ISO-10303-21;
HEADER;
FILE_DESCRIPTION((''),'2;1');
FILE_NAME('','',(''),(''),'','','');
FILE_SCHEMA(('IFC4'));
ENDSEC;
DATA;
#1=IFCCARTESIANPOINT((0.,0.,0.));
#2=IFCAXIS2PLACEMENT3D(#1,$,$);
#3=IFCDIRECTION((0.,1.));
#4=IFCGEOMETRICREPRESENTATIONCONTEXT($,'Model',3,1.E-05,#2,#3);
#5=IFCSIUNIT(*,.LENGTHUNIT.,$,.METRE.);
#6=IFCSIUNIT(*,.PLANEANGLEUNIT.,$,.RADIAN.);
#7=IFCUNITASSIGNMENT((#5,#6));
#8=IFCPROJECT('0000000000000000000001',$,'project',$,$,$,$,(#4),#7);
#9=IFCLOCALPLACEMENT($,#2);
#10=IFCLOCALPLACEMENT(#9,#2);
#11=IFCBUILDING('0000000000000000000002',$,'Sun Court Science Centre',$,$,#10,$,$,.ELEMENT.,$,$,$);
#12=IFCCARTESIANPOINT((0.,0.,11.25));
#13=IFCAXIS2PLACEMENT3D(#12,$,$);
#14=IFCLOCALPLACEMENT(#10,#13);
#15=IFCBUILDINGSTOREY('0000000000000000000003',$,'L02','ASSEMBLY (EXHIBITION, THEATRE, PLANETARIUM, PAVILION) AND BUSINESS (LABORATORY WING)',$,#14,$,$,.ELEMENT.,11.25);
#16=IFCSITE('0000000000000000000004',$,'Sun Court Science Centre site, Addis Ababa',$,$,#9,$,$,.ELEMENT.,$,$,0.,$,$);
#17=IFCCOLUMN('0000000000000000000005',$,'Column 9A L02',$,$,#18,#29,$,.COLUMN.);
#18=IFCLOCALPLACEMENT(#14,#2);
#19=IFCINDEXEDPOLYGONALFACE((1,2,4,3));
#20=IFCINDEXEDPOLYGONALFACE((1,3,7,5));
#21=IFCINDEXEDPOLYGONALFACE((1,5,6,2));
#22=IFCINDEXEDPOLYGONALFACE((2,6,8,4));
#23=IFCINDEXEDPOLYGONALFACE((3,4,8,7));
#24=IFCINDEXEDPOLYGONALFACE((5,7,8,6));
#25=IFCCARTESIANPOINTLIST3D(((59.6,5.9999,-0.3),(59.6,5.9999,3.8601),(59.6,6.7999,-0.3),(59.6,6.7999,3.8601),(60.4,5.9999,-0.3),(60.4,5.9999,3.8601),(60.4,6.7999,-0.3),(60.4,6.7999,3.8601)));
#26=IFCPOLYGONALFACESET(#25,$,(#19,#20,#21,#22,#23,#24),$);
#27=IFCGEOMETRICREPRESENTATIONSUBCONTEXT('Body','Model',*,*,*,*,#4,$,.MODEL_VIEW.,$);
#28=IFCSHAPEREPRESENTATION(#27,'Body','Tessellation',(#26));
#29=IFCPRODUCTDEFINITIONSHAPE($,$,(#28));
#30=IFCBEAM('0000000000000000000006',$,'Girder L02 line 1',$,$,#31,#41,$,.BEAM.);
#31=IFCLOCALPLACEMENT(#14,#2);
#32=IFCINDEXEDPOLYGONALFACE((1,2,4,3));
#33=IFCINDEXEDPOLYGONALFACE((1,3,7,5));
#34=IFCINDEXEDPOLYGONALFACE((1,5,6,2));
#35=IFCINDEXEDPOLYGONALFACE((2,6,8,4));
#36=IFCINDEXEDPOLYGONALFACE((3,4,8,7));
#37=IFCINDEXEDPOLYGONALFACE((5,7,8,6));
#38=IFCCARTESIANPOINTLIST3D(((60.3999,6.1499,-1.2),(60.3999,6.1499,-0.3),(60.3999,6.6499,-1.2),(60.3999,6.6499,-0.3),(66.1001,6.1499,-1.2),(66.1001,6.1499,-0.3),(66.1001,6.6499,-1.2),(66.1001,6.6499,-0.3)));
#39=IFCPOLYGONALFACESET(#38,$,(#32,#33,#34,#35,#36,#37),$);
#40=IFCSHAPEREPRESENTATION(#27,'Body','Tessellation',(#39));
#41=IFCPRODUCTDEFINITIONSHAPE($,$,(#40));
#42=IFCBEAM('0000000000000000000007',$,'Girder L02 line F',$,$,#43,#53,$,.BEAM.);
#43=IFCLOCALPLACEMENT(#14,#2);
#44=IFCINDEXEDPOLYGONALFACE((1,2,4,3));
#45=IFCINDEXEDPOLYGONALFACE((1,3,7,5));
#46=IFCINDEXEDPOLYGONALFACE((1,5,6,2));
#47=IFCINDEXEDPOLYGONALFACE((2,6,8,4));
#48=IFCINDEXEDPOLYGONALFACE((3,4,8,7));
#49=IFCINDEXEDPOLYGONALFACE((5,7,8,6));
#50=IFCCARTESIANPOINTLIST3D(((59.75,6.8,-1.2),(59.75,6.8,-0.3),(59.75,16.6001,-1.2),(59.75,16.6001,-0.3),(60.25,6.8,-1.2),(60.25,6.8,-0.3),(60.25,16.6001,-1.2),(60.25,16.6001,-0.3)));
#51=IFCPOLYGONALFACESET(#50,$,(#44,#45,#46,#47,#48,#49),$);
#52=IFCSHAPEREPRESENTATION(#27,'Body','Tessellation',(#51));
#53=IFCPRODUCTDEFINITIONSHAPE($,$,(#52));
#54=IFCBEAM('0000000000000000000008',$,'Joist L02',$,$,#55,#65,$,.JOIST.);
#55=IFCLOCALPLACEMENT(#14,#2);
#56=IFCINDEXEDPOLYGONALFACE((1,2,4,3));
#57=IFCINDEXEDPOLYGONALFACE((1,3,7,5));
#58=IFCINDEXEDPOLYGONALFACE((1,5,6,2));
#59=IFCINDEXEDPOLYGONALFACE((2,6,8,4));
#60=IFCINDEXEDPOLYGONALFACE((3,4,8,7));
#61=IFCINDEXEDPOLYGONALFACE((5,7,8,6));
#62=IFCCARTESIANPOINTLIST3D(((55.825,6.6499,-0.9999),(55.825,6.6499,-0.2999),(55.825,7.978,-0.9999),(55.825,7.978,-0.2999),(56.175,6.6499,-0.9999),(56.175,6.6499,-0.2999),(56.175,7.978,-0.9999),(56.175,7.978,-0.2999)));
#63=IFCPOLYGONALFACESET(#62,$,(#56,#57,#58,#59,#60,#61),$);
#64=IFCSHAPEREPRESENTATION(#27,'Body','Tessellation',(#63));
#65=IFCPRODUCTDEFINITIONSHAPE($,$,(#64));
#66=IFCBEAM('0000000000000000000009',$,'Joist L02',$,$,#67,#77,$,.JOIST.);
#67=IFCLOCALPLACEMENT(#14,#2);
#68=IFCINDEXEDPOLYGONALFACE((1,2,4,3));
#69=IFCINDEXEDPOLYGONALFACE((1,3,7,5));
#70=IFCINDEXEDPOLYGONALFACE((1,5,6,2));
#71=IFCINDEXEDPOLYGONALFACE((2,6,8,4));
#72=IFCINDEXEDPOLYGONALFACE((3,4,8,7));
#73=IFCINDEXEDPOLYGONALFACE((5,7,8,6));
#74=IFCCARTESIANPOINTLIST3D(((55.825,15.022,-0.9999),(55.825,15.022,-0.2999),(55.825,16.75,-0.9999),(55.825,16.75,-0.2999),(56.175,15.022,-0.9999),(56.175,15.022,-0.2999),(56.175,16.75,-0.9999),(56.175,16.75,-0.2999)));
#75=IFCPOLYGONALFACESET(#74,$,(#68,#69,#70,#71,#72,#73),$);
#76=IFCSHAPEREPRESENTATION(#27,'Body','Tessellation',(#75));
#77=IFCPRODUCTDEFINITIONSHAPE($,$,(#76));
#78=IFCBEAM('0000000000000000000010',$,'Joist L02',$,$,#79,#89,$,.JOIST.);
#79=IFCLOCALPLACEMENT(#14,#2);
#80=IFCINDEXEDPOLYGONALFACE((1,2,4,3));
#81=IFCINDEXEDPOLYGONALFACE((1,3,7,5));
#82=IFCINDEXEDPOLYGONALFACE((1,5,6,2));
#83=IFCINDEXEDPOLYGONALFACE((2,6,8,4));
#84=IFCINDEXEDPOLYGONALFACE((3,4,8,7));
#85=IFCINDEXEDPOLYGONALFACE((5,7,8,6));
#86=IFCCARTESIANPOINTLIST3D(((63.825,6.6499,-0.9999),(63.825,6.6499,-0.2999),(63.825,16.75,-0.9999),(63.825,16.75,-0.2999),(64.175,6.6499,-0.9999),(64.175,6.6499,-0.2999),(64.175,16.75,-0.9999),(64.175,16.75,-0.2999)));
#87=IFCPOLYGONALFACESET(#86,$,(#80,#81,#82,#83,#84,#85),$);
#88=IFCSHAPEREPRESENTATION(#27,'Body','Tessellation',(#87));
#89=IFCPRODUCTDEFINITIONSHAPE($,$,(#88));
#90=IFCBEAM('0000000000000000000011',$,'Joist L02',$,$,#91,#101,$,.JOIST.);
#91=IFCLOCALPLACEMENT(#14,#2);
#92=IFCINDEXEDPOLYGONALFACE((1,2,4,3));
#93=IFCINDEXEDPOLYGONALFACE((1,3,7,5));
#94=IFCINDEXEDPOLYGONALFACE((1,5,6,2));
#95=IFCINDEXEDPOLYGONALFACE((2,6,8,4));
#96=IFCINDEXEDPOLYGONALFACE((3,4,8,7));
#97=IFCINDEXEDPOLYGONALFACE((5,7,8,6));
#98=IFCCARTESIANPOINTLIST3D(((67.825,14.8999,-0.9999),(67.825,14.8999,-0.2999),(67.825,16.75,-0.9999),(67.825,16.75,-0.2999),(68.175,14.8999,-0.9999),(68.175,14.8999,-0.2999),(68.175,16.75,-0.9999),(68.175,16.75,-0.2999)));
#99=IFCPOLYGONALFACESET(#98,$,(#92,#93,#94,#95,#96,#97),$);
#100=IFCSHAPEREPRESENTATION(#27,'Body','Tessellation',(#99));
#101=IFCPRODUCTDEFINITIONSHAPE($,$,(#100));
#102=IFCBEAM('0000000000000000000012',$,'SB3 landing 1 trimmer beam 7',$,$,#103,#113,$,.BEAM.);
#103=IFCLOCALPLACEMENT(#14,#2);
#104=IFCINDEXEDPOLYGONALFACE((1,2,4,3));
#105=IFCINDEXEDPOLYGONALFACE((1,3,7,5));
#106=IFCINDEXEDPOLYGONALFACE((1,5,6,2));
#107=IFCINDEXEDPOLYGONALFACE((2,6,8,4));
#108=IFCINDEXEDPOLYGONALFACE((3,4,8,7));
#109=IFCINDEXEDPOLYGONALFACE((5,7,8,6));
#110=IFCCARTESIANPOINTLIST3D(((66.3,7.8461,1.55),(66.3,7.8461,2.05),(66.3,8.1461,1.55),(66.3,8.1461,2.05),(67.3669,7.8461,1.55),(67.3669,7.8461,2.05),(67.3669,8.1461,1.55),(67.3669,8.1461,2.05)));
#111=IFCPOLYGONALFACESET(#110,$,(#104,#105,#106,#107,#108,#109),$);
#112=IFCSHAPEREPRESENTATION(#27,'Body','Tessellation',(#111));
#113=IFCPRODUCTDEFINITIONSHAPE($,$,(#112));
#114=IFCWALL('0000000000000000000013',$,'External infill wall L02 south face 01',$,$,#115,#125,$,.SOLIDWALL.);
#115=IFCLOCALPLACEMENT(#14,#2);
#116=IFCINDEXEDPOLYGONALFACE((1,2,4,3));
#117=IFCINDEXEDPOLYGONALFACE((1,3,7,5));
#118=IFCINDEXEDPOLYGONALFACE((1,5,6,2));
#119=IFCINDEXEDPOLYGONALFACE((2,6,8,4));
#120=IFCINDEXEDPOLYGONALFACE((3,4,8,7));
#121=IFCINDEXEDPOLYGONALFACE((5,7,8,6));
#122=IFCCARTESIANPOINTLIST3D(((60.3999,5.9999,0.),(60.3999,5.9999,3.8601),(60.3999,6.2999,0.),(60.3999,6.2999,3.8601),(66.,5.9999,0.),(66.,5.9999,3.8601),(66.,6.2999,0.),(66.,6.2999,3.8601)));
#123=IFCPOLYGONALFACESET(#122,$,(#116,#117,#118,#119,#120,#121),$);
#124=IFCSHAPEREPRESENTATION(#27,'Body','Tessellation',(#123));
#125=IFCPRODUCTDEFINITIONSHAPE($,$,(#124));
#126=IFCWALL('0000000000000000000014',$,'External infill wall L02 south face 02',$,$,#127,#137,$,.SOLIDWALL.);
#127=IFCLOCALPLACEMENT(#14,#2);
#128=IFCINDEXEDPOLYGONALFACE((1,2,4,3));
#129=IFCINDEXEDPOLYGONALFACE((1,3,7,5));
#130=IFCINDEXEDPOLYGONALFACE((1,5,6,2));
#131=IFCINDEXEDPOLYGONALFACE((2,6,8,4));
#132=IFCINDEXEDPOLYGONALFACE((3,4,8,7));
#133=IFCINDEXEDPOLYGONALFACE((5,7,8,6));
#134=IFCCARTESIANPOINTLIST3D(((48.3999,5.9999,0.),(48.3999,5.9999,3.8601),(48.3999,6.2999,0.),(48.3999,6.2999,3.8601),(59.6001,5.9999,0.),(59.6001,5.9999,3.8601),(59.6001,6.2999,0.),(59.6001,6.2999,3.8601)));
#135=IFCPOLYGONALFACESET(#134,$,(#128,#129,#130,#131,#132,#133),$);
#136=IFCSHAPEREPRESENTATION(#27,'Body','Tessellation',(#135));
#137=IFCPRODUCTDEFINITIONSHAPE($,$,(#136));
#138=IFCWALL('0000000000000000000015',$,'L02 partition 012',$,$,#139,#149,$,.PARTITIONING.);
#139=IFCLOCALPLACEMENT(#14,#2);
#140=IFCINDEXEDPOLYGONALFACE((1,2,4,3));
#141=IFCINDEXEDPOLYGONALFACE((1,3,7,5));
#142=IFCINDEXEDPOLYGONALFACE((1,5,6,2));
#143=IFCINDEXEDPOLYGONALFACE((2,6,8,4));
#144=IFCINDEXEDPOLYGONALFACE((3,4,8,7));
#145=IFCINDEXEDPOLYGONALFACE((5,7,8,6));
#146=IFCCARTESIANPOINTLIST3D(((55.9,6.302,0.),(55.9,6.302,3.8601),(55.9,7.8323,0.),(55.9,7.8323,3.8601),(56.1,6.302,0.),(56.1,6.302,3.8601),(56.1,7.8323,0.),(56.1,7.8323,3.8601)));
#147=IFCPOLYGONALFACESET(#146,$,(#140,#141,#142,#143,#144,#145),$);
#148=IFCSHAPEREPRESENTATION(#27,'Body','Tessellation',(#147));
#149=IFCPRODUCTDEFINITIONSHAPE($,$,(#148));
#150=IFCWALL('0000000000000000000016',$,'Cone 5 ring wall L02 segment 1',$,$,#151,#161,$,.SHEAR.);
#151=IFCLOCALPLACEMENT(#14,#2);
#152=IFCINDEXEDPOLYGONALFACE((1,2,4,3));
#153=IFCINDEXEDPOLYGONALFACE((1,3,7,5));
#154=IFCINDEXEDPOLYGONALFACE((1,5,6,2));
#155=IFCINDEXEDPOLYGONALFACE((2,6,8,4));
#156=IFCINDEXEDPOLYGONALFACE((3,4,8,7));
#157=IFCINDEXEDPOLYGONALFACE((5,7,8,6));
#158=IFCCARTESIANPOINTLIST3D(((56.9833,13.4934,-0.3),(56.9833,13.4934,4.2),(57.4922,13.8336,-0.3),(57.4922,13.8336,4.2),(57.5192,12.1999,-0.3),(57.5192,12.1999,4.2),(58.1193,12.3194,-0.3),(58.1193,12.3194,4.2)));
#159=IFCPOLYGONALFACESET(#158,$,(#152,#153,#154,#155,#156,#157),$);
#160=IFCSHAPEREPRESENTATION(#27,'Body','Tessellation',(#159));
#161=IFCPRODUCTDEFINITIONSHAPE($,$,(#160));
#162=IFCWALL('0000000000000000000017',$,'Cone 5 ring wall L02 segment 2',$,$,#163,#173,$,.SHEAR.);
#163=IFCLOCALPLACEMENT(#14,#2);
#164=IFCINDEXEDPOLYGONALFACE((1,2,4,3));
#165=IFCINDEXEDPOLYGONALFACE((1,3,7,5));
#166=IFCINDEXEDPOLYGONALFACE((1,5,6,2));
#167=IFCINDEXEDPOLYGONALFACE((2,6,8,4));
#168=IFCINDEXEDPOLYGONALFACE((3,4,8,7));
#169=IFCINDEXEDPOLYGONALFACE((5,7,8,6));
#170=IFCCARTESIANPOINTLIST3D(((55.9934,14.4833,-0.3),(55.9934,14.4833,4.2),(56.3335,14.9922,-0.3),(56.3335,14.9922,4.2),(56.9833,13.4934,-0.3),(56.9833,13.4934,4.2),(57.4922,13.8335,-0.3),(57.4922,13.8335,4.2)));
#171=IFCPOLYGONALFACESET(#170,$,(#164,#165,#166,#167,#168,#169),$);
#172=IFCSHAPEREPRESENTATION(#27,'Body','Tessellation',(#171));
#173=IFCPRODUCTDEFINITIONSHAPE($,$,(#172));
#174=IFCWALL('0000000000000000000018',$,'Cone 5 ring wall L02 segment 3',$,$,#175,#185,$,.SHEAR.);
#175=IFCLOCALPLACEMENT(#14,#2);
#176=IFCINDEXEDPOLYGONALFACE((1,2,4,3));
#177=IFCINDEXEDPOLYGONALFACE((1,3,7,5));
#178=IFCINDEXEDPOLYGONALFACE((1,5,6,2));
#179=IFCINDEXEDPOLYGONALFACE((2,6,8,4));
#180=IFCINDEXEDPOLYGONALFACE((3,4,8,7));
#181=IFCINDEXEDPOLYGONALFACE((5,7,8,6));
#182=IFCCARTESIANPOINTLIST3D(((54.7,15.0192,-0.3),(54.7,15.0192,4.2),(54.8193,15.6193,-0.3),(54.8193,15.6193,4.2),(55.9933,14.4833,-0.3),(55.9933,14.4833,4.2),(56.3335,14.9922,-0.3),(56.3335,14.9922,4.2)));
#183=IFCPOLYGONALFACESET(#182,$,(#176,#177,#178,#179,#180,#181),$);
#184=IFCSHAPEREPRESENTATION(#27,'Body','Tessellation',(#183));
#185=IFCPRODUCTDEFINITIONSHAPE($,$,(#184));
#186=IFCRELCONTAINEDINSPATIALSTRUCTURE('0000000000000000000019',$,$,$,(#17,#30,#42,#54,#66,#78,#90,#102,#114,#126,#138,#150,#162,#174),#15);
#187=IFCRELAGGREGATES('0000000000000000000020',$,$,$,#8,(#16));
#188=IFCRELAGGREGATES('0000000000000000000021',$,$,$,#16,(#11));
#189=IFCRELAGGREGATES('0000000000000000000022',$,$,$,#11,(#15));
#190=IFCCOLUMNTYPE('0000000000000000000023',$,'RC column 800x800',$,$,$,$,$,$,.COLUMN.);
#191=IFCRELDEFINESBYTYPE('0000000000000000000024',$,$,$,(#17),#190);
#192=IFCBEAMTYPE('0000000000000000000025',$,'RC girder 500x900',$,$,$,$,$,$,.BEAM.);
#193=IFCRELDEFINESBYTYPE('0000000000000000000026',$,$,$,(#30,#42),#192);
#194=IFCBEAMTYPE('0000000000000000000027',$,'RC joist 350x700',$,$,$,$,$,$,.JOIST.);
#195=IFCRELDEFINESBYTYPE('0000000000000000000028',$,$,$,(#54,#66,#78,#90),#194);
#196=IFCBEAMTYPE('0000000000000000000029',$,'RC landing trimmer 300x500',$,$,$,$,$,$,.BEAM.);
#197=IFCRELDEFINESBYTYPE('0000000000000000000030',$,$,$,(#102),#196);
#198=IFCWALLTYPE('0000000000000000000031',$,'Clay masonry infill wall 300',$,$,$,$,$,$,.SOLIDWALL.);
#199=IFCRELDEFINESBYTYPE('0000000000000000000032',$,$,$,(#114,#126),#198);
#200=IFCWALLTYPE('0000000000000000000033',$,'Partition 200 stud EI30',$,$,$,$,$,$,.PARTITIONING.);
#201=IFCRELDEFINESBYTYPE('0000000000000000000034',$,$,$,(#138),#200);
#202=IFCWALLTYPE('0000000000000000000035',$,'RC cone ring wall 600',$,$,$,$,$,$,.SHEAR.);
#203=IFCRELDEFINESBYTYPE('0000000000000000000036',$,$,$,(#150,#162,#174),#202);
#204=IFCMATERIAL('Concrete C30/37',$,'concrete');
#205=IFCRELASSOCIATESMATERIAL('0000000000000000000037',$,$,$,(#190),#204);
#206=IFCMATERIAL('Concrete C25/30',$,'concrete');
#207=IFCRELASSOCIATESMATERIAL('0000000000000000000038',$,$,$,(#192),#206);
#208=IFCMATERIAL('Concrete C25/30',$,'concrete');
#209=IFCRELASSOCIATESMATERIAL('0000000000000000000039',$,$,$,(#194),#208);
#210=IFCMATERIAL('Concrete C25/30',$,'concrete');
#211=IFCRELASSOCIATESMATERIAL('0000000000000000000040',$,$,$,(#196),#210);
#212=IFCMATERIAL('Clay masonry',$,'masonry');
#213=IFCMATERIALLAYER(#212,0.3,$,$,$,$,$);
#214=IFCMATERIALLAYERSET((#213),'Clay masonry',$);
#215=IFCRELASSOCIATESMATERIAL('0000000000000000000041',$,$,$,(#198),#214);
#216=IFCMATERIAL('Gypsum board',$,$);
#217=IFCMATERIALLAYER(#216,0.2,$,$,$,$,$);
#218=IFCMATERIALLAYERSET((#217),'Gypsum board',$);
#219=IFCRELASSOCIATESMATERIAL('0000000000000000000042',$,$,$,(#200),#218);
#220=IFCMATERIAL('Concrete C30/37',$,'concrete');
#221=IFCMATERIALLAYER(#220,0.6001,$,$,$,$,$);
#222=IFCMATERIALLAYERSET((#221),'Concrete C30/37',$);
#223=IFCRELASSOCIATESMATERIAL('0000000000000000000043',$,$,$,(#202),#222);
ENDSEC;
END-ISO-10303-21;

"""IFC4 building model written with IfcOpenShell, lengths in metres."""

from ifc_helpers import new_model, si_unit, direction, frame, frame_2d, origin, origin_2d, place, context, subcontext, project, spatial, polyline, rectangle, outline, extrude, material, layer, layer_set, material_profile, profile_set, type_object, element, save


model = new_model("IFC4")

# Units and contexts
model_context = context("Model", 3, precision=1e-05, world=origin(), true_north=direction((0.0, 1.0)))
body_context = subcontext(model_context, "Body", "Model", "MODEL_VIEW")
ifc_project = project(units=[si_unit("LENGTHUNIT", "METRE"), si_unit("PLANEANGLEUNIT", "RADIAN")], contexts=[model_context])

# Site, building, storey
site_placement = place(None, origin())
site = spatial("IfcSite", under=ifc_project, at=site_placement, Name="Sun Court Science Centre site, Addis Ababa", CompositionType="ELEMENT", RefElevation=0.0)
building_placement = place(site_placement, origin())
building = spatial("IfcBuilding", under=site, at=building_placement, Name="Sun Court Science Centre", CompositionType="ELEMENT")
storey_placement = place(building_placement, frame((0.0, 0.0, 11.25)))
storey = spatial("IfcBuildingStorey", under=building, at=storey_placement, Name="L02", Description="ASSEMBLY (EXHIBITION, THEATRE, PLANETARIUM, PAVILION) AND BUSINESS (LABORATORY WING)", CompositionType="ELEMENT", Elevation=11.25)

# Column
ifc_material_1 = material(Name="Concrete C30/37", Category="concrete")
ifc_material_profile_1 = material_profile(ifc_material_1, rectangle(XDim=0.8, YDim=0.8, at=origin_2d()), Name="RC 800x800")
ifc_profile_set_1 = profile_set([ifc_material_profile_1], Name="Concrete C30/37")
column_type = type_object("IfcColumnType", Name="RC column 800x800", PredefinedType="COLUMN", material=ifc_profile_set_1)
column_placement = place(storey_placement, frame((60.0, 6.3999, -0.3), z_axis=(0.0, 0.0, 1.0), x_axis=(1.0, 0.0, 0.0)))
element("IfcColumn", 1, at=column_placement, inside=storey, type_object=column_type, Name="Column 9A L02", PredefinedType="COLUMN", context=body_context, shape_type="SweptSolid", body=[
    extrude(rectangle(XDim=0.8, YDim=0.8, at=origin_2d()), origin(), (0.0, 0.0, 1.0), 4.1602),
])

# Beams
ifc_material_2 = material(Name="Concrete C25/30", Category="concrete")
ifc_material_profile_2 = material_profile(ifc_material_2, rectangle(XDim=0.5, YDim=0.8999, at=origin_2d()), Name="RC 500x900")
ifc_profile_set_2 = profile_set([ifc_material_profile_2], Name="Concrete C25/30")
beam_type_1 = type_object("IfcBeamType", Name="RC girder 500x900", PredefinedType="BEAM", material=ifc_profile_set_2)
beam_1_placement = place(storey_placement, frame((60.3999, 6.3999, -0.75), z_axis=(1.0, 0.0, 0.0), x_axis=(0.0, 1.0, 0.0)))
element("IfcBeam", 2, at=beam_1_placement, inside=storey, type_object=beam_type_1, Name="Girder L02 line 1", PredefinedType="BEAM", context=body_context, shape_type="SweptSolid", body=[
    extrude(rectangle(XDim=0.5, YDim=0.8999, at=origin_2d()), origin(), (0.0, 0.0, 1.0), 5.7002),
])
beam_2_placement = place(storey_placement, frame((60.0, 6.8, -0.75), z_axis=(0.0, 1.0, 0.0), x_axis=(-1.0, 0.0, 0.0)))
element("IfcBeam", 3, at=beam_2_placement, inside=storey, type_object=beam_type_1, Name="Girder L02 line F", PredefinedType="BEAM", context=body_context, shape_type="SweptSolid", body=[
    extrude(rectangle(XDim=0.5, YDim=0.8999, at=origin_2d()), origin(), (0.0, 0.0, 1.0), 9.8),
])
ifc_material_3 = material(Name="Concrete C25/30", Category="concrete")
ifc_material_profile_3 = material_profile(ifc_material_3, rectangle(XDim=0.3501, YDim=0.7, at=origin_2d()), Name="RC 350x700")
ifc_profile_set_3 = profile_set([ifc_material_profile_3], Name="Concrete C25/30")
beam_type_2 = type_object("IfcBeamType", Name="RC joist 350x700", PredefinedType="JOIST", material=ifc_profile_set_3)
beam_3_placement = place(storey_placement, frame((56.0, 6.6499, -0.6499), z_axis=(0.0, 1.0, 0.0), x_axis=(-1.0, 0.0, 0.0)))
element("IfcBeam", 4, at=beam_3_placement, inside=storey, type_object=beam_type_2, Name="Joist L02", PredefinedType="JOIST", context=body_context, shape_type="SweptSolid", body=[
    extrude(rectangle(XDim=0.3501, YDim=0.7, at=origin_2d()), origin(), (0.0, 0.0, 1.0), 1.3281),
])
beam_4_placement = place(storey_placement, frame((56.0, 15.022, -0.6499), z_axis=(0.0, 1.0, 0.0), x_axis=(-1.0, 0.0, 0.0)))
element("IfcBeam", 5, at=beam_4_placement, inside=storey, type_object=beam_type_2, Name="Joist L02", PredefinedType="JOIST", context=body_context, shape_type="SweptSolid", body=[
    extrude(rectangle(XDim=0.3501, YDim=0.7, at=origin_2d()), origin(), (0.0, 0.0, 1.0), 1.728),
])
beam_5_placement = place(storey_placement, frame((64.0, 6.6499, -0.6499), z_axis=(0.0, 1.0, 0.0), x_axis=(-1.0, 0.0, 0.0)))
element("IfcBeam", 6, at=beam_5_placement, inside=storey, type_object=beam_type_2, Name="Joist L02", PredefinedType="JOIST", context=body_context, shape_type="SweptSolid", body=[
    extrude(rectangle(XDim=0.3501, YDim=0.7, at=origin_2d()), origin(), (0.0, 0.0, 1.0), 10.1001),
])
beam_6_placement = place(storey_placement, frame((68.0, 14.8999, -0.6499), z_axis=(0.0, 1.0, 0.0), x_axis=(-1.0, 0.0, 0.0)))
element("IfcBeam", 7, at=beam_6_placement, inside=storey, type_object=beam_type_2, Name="Joist L02", PredefinedType="JOIST", context=body_context, shape_type="SweptSolid", body=[
    extrude(rectangle(XDim=0.3501, YDim=0.7, at=origin_2d()), origin(), (0.0, 0.0, 1.0), 1.8501),
])
ifc_material_4 = material(Name="Concrete C25/30", Category="concrete")
ifc_material_profile_4 = material_profile(ifc_material_4, rectangle(XDim=0.3, YDim=0.5, at=origin_2d()), Name="RC 300x500")
ifc_profile_set_4 = profile_set([ifc_material_profile_4], Name="Concrete C25/30")
beam_type_3 = type_object("IfcBeamType", Name="RC landing trimmer 300x500", PredefinedType="BEAM", material=ifc_profile_set_4)
beam_7_placement = place(storey_placement, frame((66.3, 7.9961, 1.8), z_axis=(1.0, 0.0, 0.0), x_axis=(0.0, 1.0, 0.0)))
element("IfcBeam", 8, at=beam_7_placement, inside=storey, type_object=beam_type_3, Name="SB3 landing 1 trimmer beam 7", PredefinedType="BEAM", context=body_context, shape_type="SweptSolid", body=[
    extrude(rectangle(XDim=0.3, YDim=0.5, at=origin_2d()), origin(), (0.0, 0.0, 1.0), 1.0669),
])

# Walls
ifc_material_5 = material(Name="Clay masonry", Category="masonry")
ifc_layer_1 = layer(ifc_material_5, 0.3)
ifc_layer_set_1 = layer_set([ifc_layer_1], Name="Clay masonry")
wall_type_1 = type_object("IfcWallType", Name="Clay masonry infill wall 300", PredefinedType="SOLIDWALL", material=ifc_layer_set_1)
wall_1_placement = place(storey_placement, frame((66.0, 6.1499, 0.0), z_axis=(0.0, 0.0, 1.0), x_axis=(-1.0, 0.0, 0.0)))
element("IfcWall", 9, at=wall_1_placement, inside=storey, type_object=wall_type_1, Name="External infill wall L02 south face 01", PredefinedType="SOLIDWALL", context=body_context, shape_type="SweptSolid", body=[
    extrude(rectangle(XDim=5.6001, YDim=0.3, at=frame_2d((2.8, 0.0))), origin(), (0.0, 0.0, 1.0), 3.8601),
])
wall_2_placement = place(storey_placement, frame((59.6001, 6.1499, 0.0), z_axis=(0.0, 0.0, 1.0), x_axis=(-1.0, 0.0, 0.0)))
element("IfcWall", 10, at=wall_2_placement, inside=storey, type_object=wall_type_1, Name="External infill wall L02 south face 02", PredefinedType="SOLIDWALL", context=body_context, shape_type="SweptSolid", body=[
    extrude(rectangle(XDim=11.2002, YDim=0.3, at=frame_2d((5.6001, 0.0))), origin(), (0.0, 0.0, 1.0), 3.8601),
])
ifc_material_6 = material(Name="Gypsum board")
ifc_layer_2 = layer(ifc_material_6, 0.2)
ifc_layer_set_2 = layer_set([ifc_layer_2], Name="Gypsum board")
wall_type_2 = type_object("IfcWallType", Name="Partition 200 stud EI30", PredefinedType="PARTITIONING", material=ifc_layer_set_2)
wall_3_placement = place(storey_placement, frame((56.0, 6.302, 0.0), z_axis=(0.0, 0.0, 1.0), x_axis=(0.0, 1.0, 0.0)))
element("IfcWall", 11, at=wall_3_placement, inside=storey, type_object=wall_type_2, Name="L02 partition 012", PredefinedType="PARTITIONING", context=body_context, shape_type="SweptSolid", body=[
    extrude(rectangle(XDim=1.5303, YDim=0.2, at=frame_2d((0.7651, 0.0))), origin(), (0.0, 0.0, 1.0), 3.8601),
])
ifc_material_7 = material(Name="Concrete C30/37", Category="concrete")
ifc_layer_3 = layer(ifc_material_7, 0.6001)
ifc_layer_set_3 = layer_set([ifc_layer_3], Name="Concrete C30/37")
wall_type_3 = type_object("IfcWallType", Name="RC cone ring wall 600", PredefinedType="SHEAR", material=ifc_layer_set_3)
wall_4_placement = place(storey_placement, frame((57.842, 12.2046, -0.3), z_axis=(0.0, 0.0, 1.0), x_axis=(-0.382615, 0.923908, 0.0)))
element("IfcWall", 12, at=wall_4_placement, inside=storey, type_object=wall_type_3, Name="Cone 5 ring wall L02 segment 1", PredefinedType="SHEAR", context=body_context, shape_type="SweptSolid", body=[
    extrude(outline(polyline([(0.0, -0.3), (1.6389, -0.3), (1.5193, 0.3003), (0.1191, 0.3), (0.0, -0.3)])), origin(), (0.0, 0.0, 1.0), 4.5),
])
wall_5_placement = place(storey_placement, frame((57.28, 13.6213, -0.3), z_axis=(0.0, 0.0, 1.0), x_axis=(-0.707107, 0.707107, 0.0)))
element("IfcWall", 13, at=wall_5_placement, inside=storey, type_object=wall_type_3, Name="Cone 5 ring wall L02 segment 2", PredefinedType="SHEAR", context=body_context, shape_type="SweptSolid", body=[
    extrude(outline(polyline([(0.0, -0.3), (1.6387, -0.3), (1.5193, 0.3003), (0.1194, 0.3003), (0.0, -0.3)])), origin(), (0.0, 0.0, 1.0), 4.5),
])
wall_6_placement = place(storey_placement, frame((56.2185, 14.7151, -0.3), z_axis=(0.0, 0.0, 1.0), x_axis=(-0.923908, 0.382615, 0.0)))
element("IfcWall", 14, at=wall_6_placement, inside=storey, type_object=wall_type_3, Name="Cone 5 ring wall L02 segment 3", PredefinedType="SHEAR", context=body_context, shape_type="SweptSolid", body=[
    extrude(outline(polyline([(-0.0002, -0.3), (1.6387, -0.3), (1.5193, 0.3), (0.1194, 0.3003), (-0.0002, -0.3)])), origin(), (0.0, 0.0, 1.0), 4.5),
])

save(model, "model.ifc")
